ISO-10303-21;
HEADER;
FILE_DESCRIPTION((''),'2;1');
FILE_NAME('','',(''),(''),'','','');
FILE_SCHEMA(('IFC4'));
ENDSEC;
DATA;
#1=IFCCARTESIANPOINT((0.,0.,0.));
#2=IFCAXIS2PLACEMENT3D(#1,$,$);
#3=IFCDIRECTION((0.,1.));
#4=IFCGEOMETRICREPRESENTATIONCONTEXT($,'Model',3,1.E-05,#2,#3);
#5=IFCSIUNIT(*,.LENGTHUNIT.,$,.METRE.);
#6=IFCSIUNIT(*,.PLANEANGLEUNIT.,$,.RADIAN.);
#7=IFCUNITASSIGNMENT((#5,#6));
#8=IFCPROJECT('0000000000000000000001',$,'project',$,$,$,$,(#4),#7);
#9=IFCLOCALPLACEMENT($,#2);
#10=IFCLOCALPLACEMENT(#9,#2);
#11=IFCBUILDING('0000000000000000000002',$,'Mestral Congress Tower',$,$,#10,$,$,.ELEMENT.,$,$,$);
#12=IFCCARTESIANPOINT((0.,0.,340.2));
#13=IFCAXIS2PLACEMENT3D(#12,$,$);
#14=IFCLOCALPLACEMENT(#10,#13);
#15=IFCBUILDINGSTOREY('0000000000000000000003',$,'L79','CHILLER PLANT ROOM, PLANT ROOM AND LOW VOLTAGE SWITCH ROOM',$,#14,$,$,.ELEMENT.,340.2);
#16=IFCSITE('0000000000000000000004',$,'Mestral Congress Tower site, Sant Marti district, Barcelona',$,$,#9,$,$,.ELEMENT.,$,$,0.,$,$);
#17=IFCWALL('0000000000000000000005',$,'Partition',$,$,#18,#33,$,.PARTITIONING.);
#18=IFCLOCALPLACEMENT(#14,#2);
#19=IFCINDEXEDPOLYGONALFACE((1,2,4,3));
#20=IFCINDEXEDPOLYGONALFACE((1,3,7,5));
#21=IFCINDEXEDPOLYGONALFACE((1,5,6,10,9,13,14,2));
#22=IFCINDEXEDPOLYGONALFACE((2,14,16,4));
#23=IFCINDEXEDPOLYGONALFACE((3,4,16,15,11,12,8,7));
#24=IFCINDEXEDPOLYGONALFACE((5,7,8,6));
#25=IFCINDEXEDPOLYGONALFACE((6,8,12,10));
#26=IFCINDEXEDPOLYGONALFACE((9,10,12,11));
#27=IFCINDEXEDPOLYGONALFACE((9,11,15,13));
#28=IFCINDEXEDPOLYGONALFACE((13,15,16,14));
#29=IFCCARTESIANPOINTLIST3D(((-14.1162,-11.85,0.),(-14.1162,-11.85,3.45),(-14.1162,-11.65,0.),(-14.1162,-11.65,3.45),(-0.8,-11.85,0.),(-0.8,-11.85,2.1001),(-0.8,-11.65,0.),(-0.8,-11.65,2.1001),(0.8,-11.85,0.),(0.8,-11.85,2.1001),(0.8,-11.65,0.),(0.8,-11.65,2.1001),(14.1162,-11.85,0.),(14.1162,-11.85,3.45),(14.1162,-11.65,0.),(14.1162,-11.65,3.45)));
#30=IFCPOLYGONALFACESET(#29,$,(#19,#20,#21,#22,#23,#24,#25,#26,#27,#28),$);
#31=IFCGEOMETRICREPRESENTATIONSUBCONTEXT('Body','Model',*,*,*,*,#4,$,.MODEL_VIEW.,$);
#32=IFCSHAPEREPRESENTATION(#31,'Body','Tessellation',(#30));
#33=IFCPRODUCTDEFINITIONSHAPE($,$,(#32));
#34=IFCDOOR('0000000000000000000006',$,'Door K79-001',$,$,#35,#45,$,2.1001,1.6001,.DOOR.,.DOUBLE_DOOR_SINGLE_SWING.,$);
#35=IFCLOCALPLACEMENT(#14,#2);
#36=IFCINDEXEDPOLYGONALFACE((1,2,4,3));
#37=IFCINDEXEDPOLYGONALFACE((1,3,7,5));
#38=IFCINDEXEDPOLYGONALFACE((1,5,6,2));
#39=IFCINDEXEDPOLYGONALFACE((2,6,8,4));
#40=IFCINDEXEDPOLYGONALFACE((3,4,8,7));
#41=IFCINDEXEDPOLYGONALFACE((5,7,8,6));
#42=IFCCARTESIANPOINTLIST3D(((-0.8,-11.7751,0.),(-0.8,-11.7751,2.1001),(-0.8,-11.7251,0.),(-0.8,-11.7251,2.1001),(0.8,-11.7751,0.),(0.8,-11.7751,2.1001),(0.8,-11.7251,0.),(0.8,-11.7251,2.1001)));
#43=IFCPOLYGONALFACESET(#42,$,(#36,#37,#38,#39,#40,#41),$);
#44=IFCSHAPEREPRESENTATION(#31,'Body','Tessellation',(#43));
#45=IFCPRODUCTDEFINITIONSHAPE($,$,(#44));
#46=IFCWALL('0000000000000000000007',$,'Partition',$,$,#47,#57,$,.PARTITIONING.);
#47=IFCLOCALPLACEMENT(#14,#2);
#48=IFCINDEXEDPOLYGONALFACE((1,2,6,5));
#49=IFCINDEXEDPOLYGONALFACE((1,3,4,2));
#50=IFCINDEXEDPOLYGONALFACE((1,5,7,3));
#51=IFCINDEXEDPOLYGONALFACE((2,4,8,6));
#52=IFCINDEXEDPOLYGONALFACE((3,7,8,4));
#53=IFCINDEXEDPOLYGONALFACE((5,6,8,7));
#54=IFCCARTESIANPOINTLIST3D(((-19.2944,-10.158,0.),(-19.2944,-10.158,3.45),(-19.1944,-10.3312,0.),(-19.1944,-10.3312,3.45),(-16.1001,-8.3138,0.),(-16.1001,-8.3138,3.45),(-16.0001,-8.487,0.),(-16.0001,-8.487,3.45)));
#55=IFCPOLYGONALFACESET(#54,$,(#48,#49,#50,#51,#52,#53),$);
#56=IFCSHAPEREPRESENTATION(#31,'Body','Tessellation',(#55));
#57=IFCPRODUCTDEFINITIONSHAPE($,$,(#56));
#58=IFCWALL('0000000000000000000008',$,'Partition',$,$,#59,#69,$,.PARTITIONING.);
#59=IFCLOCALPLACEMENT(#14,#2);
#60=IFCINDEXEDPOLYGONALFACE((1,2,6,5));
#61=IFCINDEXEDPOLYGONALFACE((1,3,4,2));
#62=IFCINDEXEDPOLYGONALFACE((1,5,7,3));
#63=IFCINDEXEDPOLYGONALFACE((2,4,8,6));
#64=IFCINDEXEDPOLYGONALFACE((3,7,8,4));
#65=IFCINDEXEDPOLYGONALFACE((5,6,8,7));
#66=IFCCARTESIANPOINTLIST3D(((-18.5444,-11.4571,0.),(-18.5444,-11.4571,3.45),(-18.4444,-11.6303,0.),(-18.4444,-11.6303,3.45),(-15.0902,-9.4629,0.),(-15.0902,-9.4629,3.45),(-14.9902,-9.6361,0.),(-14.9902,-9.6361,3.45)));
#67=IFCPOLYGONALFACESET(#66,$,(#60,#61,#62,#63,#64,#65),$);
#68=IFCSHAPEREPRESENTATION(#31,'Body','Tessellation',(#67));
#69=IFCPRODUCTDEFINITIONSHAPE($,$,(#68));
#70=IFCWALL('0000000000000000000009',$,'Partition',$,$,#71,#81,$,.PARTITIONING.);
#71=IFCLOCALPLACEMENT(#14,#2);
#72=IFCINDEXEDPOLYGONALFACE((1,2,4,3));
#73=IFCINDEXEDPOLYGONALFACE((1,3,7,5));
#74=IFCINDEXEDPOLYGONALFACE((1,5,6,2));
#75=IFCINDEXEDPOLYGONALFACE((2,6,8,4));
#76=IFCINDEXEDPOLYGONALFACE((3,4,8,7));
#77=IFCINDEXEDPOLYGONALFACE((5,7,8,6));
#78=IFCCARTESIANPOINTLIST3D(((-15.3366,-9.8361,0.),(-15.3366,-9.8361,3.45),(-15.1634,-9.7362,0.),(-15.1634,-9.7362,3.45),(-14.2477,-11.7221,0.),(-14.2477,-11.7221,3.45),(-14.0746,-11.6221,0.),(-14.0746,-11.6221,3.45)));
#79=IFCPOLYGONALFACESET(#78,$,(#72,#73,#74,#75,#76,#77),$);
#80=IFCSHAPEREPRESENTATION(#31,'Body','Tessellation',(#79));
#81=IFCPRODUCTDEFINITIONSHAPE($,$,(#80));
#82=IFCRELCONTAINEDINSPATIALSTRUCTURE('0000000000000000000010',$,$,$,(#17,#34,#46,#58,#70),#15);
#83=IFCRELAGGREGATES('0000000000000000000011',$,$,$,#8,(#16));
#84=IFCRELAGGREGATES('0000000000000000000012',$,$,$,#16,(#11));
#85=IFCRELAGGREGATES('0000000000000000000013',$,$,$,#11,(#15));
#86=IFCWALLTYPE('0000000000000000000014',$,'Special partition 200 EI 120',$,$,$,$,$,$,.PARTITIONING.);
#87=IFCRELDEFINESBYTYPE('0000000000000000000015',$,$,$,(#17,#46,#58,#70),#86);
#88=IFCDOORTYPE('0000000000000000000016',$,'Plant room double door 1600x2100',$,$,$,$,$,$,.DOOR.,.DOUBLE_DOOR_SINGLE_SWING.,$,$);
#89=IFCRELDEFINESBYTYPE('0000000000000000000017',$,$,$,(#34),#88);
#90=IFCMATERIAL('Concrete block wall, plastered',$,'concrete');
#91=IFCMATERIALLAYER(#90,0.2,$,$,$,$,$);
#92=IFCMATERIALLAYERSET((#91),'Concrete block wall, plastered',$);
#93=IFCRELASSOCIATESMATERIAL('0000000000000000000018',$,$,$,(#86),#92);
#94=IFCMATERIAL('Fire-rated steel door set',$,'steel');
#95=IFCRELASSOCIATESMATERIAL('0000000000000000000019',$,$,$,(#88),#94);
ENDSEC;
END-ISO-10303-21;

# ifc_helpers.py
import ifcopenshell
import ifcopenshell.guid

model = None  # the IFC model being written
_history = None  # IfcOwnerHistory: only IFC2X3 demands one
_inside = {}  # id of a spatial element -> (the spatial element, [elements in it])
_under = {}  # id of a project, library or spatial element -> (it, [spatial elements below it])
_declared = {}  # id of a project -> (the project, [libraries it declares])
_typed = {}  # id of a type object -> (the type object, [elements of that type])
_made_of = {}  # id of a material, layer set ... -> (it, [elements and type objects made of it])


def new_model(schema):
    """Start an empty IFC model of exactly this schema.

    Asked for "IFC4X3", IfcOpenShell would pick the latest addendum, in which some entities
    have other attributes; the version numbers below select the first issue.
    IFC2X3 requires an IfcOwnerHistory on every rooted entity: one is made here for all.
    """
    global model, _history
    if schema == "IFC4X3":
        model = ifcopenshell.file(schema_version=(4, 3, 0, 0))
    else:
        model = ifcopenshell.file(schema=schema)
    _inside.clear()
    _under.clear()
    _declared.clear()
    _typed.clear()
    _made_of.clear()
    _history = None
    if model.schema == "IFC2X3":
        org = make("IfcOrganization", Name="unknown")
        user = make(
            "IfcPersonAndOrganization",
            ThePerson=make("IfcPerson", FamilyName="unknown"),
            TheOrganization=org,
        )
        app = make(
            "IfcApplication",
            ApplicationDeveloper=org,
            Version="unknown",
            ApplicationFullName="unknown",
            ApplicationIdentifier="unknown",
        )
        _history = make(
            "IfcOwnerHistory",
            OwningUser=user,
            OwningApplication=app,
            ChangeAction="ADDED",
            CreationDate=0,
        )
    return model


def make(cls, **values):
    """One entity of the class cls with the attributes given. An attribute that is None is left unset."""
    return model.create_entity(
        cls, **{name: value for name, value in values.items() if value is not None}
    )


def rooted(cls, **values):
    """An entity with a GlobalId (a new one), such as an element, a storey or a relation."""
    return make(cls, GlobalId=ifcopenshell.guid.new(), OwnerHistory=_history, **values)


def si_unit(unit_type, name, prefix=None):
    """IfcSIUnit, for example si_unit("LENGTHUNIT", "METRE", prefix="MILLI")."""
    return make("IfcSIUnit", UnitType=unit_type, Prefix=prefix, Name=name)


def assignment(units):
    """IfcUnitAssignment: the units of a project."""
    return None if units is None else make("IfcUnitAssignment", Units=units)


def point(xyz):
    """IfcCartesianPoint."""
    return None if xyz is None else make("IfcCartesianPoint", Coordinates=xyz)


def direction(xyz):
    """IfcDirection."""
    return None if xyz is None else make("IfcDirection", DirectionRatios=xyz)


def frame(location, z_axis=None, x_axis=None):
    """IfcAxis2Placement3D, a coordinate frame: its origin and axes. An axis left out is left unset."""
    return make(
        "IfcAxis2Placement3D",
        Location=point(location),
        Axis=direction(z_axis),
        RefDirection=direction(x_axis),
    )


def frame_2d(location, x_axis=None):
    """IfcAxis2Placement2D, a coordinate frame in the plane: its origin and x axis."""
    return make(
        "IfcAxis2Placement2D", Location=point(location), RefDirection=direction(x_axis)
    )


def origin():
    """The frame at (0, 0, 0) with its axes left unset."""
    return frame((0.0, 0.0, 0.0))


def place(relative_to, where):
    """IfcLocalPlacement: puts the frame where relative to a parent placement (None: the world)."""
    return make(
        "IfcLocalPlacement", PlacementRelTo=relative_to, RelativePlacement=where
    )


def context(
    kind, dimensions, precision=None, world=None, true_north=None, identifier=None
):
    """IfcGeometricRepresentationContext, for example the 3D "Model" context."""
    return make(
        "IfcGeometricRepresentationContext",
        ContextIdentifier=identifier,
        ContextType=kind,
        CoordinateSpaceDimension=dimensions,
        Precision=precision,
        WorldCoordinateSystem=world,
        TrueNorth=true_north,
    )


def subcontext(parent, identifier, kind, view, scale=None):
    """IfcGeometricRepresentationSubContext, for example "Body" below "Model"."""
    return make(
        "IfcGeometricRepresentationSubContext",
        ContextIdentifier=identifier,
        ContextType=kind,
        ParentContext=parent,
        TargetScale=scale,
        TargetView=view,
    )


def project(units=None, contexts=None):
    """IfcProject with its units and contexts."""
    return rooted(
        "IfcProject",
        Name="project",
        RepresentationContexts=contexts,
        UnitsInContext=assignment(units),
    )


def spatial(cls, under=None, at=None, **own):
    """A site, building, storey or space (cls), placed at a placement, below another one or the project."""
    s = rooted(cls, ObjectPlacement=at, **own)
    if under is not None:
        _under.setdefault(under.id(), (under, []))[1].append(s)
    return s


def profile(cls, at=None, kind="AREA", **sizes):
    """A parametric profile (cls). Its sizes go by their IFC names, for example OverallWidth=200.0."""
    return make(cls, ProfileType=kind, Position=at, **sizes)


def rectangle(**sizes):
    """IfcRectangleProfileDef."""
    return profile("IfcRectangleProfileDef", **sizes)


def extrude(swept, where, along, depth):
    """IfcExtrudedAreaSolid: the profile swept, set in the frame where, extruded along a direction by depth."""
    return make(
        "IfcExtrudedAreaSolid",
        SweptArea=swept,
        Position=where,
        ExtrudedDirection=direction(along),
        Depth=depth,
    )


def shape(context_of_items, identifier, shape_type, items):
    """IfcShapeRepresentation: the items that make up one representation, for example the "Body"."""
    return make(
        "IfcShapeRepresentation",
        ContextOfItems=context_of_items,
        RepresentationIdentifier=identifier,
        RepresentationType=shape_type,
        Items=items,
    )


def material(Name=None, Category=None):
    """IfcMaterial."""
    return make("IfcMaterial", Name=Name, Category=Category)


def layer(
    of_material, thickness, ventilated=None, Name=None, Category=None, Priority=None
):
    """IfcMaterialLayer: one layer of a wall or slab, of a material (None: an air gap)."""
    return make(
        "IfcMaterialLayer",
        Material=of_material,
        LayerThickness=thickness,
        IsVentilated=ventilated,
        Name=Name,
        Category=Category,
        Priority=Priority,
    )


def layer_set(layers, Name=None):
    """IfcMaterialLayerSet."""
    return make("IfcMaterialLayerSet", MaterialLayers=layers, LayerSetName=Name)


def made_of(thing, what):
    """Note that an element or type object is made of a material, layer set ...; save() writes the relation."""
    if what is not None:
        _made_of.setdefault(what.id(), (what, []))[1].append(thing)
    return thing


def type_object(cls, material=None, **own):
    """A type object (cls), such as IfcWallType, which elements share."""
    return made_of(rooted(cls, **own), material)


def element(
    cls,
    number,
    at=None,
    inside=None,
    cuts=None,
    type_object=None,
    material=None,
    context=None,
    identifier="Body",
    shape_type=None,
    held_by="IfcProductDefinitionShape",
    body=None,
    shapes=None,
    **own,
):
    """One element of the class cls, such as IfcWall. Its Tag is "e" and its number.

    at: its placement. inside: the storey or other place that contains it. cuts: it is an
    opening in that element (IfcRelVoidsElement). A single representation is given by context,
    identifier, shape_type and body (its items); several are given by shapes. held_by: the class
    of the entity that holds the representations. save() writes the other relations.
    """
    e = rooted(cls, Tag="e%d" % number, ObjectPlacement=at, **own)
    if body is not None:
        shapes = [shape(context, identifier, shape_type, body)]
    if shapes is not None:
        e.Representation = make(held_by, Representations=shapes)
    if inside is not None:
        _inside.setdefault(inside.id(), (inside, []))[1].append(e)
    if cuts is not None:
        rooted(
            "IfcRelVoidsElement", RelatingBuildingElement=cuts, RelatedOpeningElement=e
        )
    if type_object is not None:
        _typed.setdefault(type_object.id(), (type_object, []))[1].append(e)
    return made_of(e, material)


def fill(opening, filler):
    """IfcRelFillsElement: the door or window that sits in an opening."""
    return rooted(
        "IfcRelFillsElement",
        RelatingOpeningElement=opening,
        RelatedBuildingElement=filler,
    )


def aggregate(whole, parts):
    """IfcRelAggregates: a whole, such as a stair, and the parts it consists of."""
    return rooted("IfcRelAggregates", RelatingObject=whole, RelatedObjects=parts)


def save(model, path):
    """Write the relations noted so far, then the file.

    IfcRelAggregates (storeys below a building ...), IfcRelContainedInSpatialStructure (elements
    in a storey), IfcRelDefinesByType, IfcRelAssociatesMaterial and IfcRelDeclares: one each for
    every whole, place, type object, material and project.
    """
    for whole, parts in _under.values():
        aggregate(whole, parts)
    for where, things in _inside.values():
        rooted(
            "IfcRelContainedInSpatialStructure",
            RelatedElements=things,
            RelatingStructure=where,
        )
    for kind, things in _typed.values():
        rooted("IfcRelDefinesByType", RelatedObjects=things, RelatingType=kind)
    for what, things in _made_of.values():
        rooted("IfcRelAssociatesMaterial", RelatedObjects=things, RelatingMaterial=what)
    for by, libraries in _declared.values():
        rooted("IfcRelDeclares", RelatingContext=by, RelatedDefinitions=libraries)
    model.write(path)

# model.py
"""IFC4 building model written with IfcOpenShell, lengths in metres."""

from ifc_helpers import new_model, si_unit, direction, frame, frame_2d, origin, place, context, subcontext, project, spatial, rectangle, extrude, material, layer, layer_set, type_object, element, fill, save


model = new_model("IFC4")

# Units and contexts
model_context = context("Model", 3, precision=1e-05, world=origin(), true_north=direction((0.0, 1.0)))
body_context = subcontext(model_context, "Body", "Model", "MODEL_VIEW")
ifc_project = project(units=[si_unit("LENGTHUNIT", "METRE"), si_unit("PLANEANGLEUNIT", "RADIAN")], contexts=[model_context])

# Site, building, storey
site_placement = place(None, origin())
site = spatial("IfcSite", under=ifc_project, at=site_placement, Name="Mestral Congress Tower site, Sant Marti district, Barcelona", CompositionType="ELEMENT", RefElevation=0.0)
building_placement = place(site_placement, origin())
building = spatial("IfcBuilding", under=site, at=building_placement, Name="Mestral Congress Tower", CompositionType="ELEMENT")
storey_placement = place(building_placement, frame((0.0, 0.0, 340.2)))
storey = spatial("IfcBuildingStorey", under=building, at=storey_placement, Name="L79", Description="CHILLER PLANT ROOM, PLANT ROOM AND LOW VOLTAGE SWITCH ROOM", CompositionType="ELEMENT", Elevation=340.2)

# Wall, opening, door
ifc_material_1 = material(Name="Concrete block wall, plastered", Category="concrete")
ifc_layer_1 = layer(ifc_material_1, 0.2)
ifc_layer_set_1 = layer_set([ifc_layer_1], Name="Concrete block wall, plastered")
wall_type_1 = type_object("IfcWallType", Name="Special partition 200 EI 120", PredefinedType="PARTITIONING", material=ifc_layer_set_1)
wall_1_placement = place(storey_placement, frame((-14.1162, -11.75, 0.0), z_axis=(0.0, 0.0, 1.0), x_axis=(1.0, 0.0, 0.0)))
wall_1 = element("IfcWall", 1, at=wall_1_placement, inside=storey, type_object=wall_type_1, Name="Partition", PredefinedType="PARTITIONING", context=body_context, shape_type="SweptSolid", body=[
    extrude(rectangle(XDim=28.2324, YDim=0.2, at=frame_2d((14.1162, 0.0))), origin(), (0.0, 0.0, 1.0), 3.45),
])
opening_placement = place(wall_1_placement, frame((13.3162, 0.0, 0.0)))
opening = element("IfcOpeningElement", 2, at=opening_placement, cuts=wall_1, PredefinedType="OPENING", context=body_context, shape_type="SweptSolid", body=[
    extrude(rectangle(XDim=1.6001, YDim=2.1001, at=frame_2d((0.8, 1.05))), frame((0.0, 0.1099, 0.0), z_axis=(0.0, -1.0, 0.0), x_axis=(1.0, 0.0, 0.0)), (0.0, 0.0, 1.0), 0.22),
])
ifc_material_2 = material(Name="Fire-rated steel door set", Category="steel")
door_type = type_object("IfcDoorType", Name="Plant room double door 1600x2100", OperationType="DOUBLE_DOOR_SINGLE_SWING", PredefinedType="DOOR", material=ifc_material_2)
door_placement = place(opening_placement, origin())
door = element("IfcDoor", 3, at=door_placement, inside=storey, type_object=door_type, Name="Door K79-001", OperationType="DOUBLE_DOOR_SINGLE_SWING", OverallHeight=2.1001, OverallWidth=1.6001, PredefinedType="DOOR", context=body_context, shape_type="SweptSolid", body=[
    extrude(rectangle(XDim=1.6001, YDim=2.1001, at=frame_2d((0.8, 1.05))), frame((0.0, 0.0249, 0.0), z_axis=(0.0, -1.0, 0.0), x_axis=(1.0, 0.0, 0.0)), (0.0, 0.0, 1.0), 0.05),
])
fill(opening, door)

# Walls
wall_2_placement = place(storey_placement, frame((-19.2444, -10.2446, 0.0), z_axis=(0.0, 0.0, 1.0), x_axis=(0.866027, 0.499997, 0.0)))
element("IfcWall", 4, at=wall_2_placement, inside=storey, type_object=wall_type_1, Name="Partition", PredefinedType="PARTITIONING", context=body_context, shape_type="SweptSolid", body=[
    extrude(rectangle(XDim=3.6885, YDim=0.2, at=frame_2d((1.8442, 0.0))), origin(), (0.0, 0.0, 1.0), 3.45),
])
wall_3_placement = place(storey_placement, frame((-15.0403, -9.5496, 0.0), z_axis=(0.0, 0.0, 1.0), x_axis=(-0.866035, -0.499984, 0.0)))
element("IfcWall", 5, at=wall_3_placement, inside=storey, type_object=wall_type_1, Name="Partition", PredefinedType="PARTITIONING", context=body_context, shape_type="SweptSolid", body=[
    extrude(rectangle(XDim=3.9885, YDim=0.2, at=frame_2d((1.9941, 0.0))), origin(), (0.0, 0.0, 1.0), 3.45),
])
wall_4_placement = place(storey_placement, frame((-14.1611, -11.6721, 0.0), z_axis=(0.0, 0.0, 1.0), x_axis=(-0.499997, 0.866027, 0.0)))
element("IfcWall", 6, at=wall_4_placement, inside=storey, type_object=wall_type_1, Name="Partition", PredefinedType="PARTITIONING", context=body_context, shape_type="SweptSolid", body=[
    extrude(rectangle(XDim=2.1777, YDim=0.2, at=frame_2d((1.0889, 0.0))), origin(), (0.0, 0.0, 1.0), 3.45),
])

save(model, "model.ifc")
